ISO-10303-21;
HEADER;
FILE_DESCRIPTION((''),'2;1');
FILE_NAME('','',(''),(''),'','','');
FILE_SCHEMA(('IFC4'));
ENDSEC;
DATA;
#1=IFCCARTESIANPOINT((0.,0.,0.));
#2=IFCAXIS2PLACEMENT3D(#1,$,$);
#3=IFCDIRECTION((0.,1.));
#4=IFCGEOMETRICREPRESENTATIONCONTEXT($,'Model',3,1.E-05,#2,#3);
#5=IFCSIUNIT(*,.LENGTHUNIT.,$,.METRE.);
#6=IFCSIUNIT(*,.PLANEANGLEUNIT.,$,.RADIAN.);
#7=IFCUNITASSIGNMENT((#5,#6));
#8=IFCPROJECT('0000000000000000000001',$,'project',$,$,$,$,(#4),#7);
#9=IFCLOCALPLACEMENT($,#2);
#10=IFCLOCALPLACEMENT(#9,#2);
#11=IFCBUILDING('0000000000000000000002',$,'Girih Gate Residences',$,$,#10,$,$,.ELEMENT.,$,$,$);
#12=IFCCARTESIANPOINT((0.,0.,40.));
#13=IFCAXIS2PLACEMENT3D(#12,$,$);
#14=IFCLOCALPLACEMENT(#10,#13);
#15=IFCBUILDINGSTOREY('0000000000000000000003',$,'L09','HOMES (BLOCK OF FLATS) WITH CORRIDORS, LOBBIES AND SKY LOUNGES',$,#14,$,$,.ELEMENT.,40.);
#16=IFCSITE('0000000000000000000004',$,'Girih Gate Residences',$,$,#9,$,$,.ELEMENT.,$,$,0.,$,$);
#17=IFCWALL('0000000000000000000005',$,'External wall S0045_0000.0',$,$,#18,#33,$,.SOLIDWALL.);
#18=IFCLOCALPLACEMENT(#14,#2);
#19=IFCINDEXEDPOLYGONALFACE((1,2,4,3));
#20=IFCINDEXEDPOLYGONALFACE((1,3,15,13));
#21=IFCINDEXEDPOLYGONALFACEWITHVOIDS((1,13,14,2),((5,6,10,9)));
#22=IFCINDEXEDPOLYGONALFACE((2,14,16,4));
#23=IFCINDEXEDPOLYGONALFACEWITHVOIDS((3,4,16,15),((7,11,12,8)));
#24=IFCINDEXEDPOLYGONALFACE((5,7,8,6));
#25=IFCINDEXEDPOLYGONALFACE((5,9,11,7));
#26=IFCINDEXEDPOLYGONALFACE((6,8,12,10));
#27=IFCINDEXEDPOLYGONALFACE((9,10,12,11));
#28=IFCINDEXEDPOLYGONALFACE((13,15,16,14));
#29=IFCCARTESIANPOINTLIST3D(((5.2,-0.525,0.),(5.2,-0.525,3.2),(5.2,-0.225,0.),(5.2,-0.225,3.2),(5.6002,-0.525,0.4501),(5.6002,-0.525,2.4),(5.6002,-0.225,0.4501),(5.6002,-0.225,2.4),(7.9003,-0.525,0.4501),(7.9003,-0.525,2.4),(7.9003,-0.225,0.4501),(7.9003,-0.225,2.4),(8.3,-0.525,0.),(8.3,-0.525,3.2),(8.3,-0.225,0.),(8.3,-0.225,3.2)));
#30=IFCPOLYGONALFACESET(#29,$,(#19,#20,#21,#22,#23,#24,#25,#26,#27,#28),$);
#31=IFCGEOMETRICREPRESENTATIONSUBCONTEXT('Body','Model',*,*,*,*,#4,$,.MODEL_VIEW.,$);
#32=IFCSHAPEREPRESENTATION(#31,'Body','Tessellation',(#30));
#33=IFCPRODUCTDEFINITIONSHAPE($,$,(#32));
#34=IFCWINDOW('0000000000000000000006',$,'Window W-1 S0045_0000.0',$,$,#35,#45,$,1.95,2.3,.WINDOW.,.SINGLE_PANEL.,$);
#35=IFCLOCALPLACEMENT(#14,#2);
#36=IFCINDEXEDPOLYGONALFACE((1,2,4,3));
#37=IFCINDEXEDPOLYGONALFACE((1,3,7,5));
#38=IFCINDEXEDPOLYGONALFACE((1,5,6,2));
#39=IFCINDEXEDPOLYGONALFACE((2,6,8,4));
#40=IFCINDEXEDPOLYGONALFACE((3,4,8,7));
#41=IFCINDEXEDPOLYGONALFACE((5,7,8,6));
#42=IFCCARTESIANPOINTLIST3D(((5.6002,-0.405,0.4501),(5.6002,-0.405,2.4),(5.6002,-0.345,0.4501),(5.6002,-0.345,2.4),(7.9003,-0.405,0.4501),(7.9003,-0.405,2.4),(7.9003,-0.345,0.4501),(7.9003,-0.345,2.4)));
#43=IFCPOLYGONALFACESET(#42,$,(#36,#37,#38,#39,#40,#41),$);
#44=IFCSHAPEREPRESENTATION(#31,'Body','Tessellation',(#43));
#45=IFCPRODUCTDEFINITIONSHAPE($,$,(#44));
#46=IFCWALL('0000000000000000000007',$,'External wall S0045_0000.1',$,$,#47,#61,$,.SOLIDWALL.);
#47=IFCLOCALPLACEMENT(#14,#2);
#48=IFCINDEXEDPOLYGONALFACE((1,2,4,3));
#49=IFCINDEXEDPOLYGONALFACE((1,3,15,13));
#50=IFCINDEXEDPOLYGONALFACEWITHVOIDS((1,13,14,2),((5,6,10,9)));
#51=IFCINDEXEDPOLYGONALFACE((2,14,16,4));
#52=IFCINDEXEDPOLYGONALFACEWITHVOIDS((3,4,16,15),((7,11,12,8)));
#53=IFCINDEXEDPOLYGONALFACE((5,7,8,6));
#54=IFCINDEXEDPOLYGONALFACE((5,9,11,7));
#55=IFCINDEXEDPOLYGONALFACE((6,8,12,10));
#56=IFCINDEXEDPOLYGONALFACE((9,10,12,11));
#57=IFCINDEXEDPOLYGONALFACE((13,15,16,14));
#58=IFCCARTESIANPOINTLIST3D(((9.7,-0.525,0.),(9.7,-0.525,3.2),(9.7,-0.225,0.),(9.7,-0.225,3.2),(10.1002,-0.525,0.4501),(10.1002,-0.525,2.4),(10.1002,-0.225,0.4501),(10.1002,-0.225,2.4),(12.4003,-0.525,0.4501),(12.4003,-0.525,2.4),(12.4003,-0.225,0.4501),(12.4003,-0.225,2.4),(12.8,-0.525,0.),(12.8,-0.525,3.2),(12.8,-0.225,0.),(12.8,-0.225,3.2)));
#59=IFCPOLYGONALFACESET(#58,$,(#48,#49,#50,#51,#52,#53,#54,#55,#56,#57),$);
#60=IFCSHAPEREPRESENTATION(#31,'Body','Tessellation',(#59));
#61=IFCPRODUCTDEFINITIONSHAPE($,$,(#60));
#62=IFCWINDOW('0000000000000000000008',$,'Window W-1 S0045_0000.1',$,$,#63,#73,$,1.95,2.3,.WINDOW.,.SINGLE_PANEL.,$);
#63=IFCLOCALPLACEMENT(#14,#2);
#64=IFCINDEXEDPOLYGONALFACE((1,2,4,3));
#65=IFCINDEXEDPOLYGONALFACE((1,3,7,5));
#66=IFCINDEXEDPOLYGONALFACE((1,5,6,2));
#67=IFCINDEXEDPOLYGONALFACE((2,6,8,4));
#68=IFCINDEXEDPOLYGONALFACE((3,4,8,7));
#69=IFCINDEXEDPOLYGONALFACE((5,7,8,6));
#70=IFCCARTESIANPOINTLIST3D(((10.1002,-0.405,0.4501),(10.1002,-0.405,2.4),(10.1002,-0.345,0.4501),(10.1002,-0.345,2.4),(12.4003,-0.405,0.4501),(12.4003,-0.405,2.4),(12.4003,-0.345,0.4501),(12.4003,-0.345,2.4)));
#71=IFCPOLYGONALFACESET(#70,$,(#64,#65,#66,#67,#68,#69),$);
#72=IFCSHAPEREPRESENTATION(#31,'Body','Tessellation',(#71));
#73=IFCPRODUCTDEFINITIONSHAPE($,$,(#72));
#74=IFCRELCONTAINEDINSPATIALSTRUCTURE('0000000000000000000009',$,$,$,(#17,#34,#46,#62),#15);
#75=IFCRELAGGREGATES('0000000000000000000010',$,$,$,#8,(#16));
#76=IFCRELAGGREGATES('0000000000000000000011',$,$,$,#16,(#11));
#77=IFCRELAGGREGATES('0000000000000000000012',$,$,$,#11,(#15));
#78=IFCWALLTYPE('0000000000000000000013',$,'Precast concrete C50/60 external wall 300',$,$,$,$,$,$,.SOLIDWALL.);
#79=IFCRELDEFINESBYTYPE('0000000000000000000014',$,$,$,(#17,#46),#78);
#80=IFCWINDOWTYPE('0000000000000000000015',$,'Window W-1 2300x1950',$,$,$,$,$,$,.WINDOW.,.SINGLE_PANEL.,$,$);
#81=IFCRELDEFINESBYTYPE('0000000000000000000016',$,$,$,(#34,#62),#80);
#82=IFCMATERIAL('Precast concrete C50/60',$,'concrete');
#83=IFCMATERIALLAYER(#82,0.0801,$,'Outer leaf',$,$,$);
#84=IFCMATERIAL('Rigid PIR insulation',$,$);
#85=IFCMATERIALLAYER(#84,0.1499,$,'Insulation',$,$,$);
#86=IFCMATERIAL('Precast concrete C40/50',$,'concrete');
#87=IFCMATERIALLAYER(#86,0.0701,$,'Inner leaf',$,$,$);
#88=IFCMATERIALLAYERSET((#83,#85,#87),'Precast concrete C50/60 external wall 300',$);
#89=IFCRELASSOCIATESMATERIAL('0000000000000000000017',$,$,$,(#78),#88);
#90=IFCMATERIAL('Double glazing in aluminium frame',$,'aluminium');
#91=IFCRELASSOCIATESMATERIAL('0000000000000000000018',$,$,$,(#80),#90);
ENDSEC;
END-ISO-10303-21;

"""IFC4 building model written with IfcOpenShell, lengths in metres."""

from ifc_helpers import new_model, si_unit, direction, frame, frame_2d, origin, place, context, subcontext, project, spatial, rectangle, extrude, material, layer, layer_set, type_object, element, fill, save


model = new_model("IFC4")

# Units and contexts
model_context = context("Model", 3, precision=1e-05, world=origin(), true_north=direction((0.0, 1.0)))
body_context = subcontext(model_context, "Body", "Model", "MODEL_VIEW")
ifc_project = project(units=[si_unit("LENGTHUNIT", "METRE"), si_unit("PLANEANGLEUNIT", "RADIAN")], contexts=[model_context])

# Site, building, storey
site_placement = place(None, origin())
site = spatial("IfcSite", under=ifc_project, at=site_placement, Name="Girih Gate Residences", CompositionType="ELEMENT", RefElevation=0.0)
building_placement = place(site_placement, origin())
building = spatial("IfcBuilding", under=site, at=building_placement, Name="Girih Gate Residences", CompositionType="ELEMENT")
storey_placement = place(building_placement, frame((0.0, 0.0, 40.0)))
storey = spatial("IfcBuildingStorey", under=building, at=storey_placement, Name="L09", Description="HOMES (BLOCK OF FLATS) WITH CORRIDORS, LOBBIES AND SKY LOUNGES", CompositionType="ELEMENT", Elevation=40.0)

# Walls, openings, windows
ifc_material_1 = material(Name="Precast concrete C50/60", Category="concrete")
ifc_layer_1 = layer(ifc_material_1, 0.0801, Name="Outer leaf")
ifc_material_2 = material(Name="Rigid PIR insulation")
ifc_layer_2 = layer(ifc_material_2, 0.1499, Name="Insulation")
ifc_material_3 = material(Name="Precast concrete C40/50", Category="concrete")
ifc_layer_3 = layer(ifc_material_3, 0.0701, Name="Inner leaf")
ifc_layer_set_1 = layer_set([ifc_layer_1, ifc_layer_2, ifc_layer_3], Name="Precast concrete C50/60 external wall 300")
wall_type_1 = type_object("IfcWallType", Name="Precast concrete C50/60 external wall 300", PredefinedType="SOLIDWALL", material=ifc_layer_set_1)
wall_1_placement = place(storey_placement, frame((8.3, -0.375, 0.0), z_axis=(0.0, 0.0, 1.0), x_axis=(-1.0, 0.0, 0.0)))
wall_1 = element("IfcWall", 1, at=wall_1_placement, inside=storey, type_object=wall_type_1, Name="External wall S0045_0000.0", PredefinedType="SOLIDWALL", context=body_context, shape_type="SweptSolid", body=[
    extrude(rectangle(XDim=3.1001, YDim=0.3, at=frame_2d((1.55, 0.0))), origin(), (0.0, 0.0, 1.0), 3.2),
])
opening_1_placement = place(wall_1_placement, frame((0.3999, 0.0, 0.45)))
opening_1 = element("IfcOpeningElement", 2, at=opening_1_placement, cuts=wall_1, PredefinedType="OPENING", context=body_context, shape_type="SweptSolid", body=[
    extrude(rectangle(XDim=2.3, YDim=1.95, at=frame_2d((1.1499, 0.9751))), frame((0.0, 0.1599, 0.0), z_axis=(0.0, -1.0, 0.0), x_axis=(1.0, 0.0, 0.0)), (0.0, 0.0, 1.0), 0.3201),
])
ifc_material_4 = material(Name="Double glazing in aluminium frame", Category="aluminium")
window_type = type_object("IfcWindowType", Name="Window W-1 2300x1950", PartitioningType="SINGLE_PANEL", PredefinedType="WINDOW", material=ifc_material_4)
window_1_placement = place(opening_1_placement, origin())
window_1 = element("IfcWindow", 3, at=window_1_placement, inside=storey, type_object=window_type, Name="Window W-1 S0045_0000.0", OverallHeight=1.95, OverallWidth=2.3, PartitioningType="SINGLE_PANEL", PredefinedType="WINDOW", context=body_context, shape_type="SweptSolid", body=[
    extrude(rectangle(XDim=2.3, YDim=1.95, at=frame_2d((1.1499, 0.9751))), frame((0.0, 0.03, 0.0), z_axis=(0.0, -1.0, 0.0), x_axis=(1.0, 0.0, 0.0)), (0.0, 0.0, 1.0), 0.0601),
])
fill(opening_1, window_1)
wall_2_placement = place(storey_placement, frame((12.8, -0.375, 0.0), z_axis=(0.0, 0.0, 1.0), x_axis=(-1.0, 0.0, 0.0)))
wall_2 = element("IfcWall", 4, at=wall_2_placement, inside=storey, type_object=wall_type_1, Name="External wall S0045_0000.1", PredefinedType="SOLIDWALL", context=body_context, shape_type="SweptSolid", body=[
    extrude(rectangle(XDim=3.1001, YDim=0.3, at=frame_2d((1.55, 0.0))), origin(), (0.0, 0.0, 1.0), 3.2),
])
opening_2_placement = place(wall_2_placement, frame((0.3999, 0.0, 0.45)))
opening_2 = element("IfcOpeningElement", 5, at=opening_2_placement, cuts=wall_2, PredefinedType="OPENING", context=body_context, shape_type="SweptSolid", body=[
    extrude(rectangle(XDim=2.3, YDim=1.95, at=frame_2d((1.1499, 0.9751))), frame((0.0, 0.1599, 0.0), z_axis=(0.0, -1.0, 0.0), x_axis=(1.0, 0.0, 0.0)), (0.0, 0.0, 1.0), 0.3201),
])
window_2_placement = place(opening_2_placement, origin())
window_2 = element("IfcWindow", 6, at=window_2_placement, inside=storey, type_object=window_type, Name="Window W-1 S0045_0000.1", OverallHeight=1.95, OverallWidth=2.3, PartitioningType="SINGLE_PANEL", PredefinedType="WINDOW", context=body_context, shape_type="SweptSolid", body=[
    extrude(rectangle(XDim=2.3, YDim=1.95, at=frame_2d((1.1499, 0.9751))), frame((0.0, 0.03, 0.0), z_axis=(0.0, -1.0, 0.0), x_axis=(1.0, 0.0, 0.0)), (0.0, 0.0, 1.0), 0.0601),
])
fill(opening_2, window_2)

save(model, "model.ifc")
